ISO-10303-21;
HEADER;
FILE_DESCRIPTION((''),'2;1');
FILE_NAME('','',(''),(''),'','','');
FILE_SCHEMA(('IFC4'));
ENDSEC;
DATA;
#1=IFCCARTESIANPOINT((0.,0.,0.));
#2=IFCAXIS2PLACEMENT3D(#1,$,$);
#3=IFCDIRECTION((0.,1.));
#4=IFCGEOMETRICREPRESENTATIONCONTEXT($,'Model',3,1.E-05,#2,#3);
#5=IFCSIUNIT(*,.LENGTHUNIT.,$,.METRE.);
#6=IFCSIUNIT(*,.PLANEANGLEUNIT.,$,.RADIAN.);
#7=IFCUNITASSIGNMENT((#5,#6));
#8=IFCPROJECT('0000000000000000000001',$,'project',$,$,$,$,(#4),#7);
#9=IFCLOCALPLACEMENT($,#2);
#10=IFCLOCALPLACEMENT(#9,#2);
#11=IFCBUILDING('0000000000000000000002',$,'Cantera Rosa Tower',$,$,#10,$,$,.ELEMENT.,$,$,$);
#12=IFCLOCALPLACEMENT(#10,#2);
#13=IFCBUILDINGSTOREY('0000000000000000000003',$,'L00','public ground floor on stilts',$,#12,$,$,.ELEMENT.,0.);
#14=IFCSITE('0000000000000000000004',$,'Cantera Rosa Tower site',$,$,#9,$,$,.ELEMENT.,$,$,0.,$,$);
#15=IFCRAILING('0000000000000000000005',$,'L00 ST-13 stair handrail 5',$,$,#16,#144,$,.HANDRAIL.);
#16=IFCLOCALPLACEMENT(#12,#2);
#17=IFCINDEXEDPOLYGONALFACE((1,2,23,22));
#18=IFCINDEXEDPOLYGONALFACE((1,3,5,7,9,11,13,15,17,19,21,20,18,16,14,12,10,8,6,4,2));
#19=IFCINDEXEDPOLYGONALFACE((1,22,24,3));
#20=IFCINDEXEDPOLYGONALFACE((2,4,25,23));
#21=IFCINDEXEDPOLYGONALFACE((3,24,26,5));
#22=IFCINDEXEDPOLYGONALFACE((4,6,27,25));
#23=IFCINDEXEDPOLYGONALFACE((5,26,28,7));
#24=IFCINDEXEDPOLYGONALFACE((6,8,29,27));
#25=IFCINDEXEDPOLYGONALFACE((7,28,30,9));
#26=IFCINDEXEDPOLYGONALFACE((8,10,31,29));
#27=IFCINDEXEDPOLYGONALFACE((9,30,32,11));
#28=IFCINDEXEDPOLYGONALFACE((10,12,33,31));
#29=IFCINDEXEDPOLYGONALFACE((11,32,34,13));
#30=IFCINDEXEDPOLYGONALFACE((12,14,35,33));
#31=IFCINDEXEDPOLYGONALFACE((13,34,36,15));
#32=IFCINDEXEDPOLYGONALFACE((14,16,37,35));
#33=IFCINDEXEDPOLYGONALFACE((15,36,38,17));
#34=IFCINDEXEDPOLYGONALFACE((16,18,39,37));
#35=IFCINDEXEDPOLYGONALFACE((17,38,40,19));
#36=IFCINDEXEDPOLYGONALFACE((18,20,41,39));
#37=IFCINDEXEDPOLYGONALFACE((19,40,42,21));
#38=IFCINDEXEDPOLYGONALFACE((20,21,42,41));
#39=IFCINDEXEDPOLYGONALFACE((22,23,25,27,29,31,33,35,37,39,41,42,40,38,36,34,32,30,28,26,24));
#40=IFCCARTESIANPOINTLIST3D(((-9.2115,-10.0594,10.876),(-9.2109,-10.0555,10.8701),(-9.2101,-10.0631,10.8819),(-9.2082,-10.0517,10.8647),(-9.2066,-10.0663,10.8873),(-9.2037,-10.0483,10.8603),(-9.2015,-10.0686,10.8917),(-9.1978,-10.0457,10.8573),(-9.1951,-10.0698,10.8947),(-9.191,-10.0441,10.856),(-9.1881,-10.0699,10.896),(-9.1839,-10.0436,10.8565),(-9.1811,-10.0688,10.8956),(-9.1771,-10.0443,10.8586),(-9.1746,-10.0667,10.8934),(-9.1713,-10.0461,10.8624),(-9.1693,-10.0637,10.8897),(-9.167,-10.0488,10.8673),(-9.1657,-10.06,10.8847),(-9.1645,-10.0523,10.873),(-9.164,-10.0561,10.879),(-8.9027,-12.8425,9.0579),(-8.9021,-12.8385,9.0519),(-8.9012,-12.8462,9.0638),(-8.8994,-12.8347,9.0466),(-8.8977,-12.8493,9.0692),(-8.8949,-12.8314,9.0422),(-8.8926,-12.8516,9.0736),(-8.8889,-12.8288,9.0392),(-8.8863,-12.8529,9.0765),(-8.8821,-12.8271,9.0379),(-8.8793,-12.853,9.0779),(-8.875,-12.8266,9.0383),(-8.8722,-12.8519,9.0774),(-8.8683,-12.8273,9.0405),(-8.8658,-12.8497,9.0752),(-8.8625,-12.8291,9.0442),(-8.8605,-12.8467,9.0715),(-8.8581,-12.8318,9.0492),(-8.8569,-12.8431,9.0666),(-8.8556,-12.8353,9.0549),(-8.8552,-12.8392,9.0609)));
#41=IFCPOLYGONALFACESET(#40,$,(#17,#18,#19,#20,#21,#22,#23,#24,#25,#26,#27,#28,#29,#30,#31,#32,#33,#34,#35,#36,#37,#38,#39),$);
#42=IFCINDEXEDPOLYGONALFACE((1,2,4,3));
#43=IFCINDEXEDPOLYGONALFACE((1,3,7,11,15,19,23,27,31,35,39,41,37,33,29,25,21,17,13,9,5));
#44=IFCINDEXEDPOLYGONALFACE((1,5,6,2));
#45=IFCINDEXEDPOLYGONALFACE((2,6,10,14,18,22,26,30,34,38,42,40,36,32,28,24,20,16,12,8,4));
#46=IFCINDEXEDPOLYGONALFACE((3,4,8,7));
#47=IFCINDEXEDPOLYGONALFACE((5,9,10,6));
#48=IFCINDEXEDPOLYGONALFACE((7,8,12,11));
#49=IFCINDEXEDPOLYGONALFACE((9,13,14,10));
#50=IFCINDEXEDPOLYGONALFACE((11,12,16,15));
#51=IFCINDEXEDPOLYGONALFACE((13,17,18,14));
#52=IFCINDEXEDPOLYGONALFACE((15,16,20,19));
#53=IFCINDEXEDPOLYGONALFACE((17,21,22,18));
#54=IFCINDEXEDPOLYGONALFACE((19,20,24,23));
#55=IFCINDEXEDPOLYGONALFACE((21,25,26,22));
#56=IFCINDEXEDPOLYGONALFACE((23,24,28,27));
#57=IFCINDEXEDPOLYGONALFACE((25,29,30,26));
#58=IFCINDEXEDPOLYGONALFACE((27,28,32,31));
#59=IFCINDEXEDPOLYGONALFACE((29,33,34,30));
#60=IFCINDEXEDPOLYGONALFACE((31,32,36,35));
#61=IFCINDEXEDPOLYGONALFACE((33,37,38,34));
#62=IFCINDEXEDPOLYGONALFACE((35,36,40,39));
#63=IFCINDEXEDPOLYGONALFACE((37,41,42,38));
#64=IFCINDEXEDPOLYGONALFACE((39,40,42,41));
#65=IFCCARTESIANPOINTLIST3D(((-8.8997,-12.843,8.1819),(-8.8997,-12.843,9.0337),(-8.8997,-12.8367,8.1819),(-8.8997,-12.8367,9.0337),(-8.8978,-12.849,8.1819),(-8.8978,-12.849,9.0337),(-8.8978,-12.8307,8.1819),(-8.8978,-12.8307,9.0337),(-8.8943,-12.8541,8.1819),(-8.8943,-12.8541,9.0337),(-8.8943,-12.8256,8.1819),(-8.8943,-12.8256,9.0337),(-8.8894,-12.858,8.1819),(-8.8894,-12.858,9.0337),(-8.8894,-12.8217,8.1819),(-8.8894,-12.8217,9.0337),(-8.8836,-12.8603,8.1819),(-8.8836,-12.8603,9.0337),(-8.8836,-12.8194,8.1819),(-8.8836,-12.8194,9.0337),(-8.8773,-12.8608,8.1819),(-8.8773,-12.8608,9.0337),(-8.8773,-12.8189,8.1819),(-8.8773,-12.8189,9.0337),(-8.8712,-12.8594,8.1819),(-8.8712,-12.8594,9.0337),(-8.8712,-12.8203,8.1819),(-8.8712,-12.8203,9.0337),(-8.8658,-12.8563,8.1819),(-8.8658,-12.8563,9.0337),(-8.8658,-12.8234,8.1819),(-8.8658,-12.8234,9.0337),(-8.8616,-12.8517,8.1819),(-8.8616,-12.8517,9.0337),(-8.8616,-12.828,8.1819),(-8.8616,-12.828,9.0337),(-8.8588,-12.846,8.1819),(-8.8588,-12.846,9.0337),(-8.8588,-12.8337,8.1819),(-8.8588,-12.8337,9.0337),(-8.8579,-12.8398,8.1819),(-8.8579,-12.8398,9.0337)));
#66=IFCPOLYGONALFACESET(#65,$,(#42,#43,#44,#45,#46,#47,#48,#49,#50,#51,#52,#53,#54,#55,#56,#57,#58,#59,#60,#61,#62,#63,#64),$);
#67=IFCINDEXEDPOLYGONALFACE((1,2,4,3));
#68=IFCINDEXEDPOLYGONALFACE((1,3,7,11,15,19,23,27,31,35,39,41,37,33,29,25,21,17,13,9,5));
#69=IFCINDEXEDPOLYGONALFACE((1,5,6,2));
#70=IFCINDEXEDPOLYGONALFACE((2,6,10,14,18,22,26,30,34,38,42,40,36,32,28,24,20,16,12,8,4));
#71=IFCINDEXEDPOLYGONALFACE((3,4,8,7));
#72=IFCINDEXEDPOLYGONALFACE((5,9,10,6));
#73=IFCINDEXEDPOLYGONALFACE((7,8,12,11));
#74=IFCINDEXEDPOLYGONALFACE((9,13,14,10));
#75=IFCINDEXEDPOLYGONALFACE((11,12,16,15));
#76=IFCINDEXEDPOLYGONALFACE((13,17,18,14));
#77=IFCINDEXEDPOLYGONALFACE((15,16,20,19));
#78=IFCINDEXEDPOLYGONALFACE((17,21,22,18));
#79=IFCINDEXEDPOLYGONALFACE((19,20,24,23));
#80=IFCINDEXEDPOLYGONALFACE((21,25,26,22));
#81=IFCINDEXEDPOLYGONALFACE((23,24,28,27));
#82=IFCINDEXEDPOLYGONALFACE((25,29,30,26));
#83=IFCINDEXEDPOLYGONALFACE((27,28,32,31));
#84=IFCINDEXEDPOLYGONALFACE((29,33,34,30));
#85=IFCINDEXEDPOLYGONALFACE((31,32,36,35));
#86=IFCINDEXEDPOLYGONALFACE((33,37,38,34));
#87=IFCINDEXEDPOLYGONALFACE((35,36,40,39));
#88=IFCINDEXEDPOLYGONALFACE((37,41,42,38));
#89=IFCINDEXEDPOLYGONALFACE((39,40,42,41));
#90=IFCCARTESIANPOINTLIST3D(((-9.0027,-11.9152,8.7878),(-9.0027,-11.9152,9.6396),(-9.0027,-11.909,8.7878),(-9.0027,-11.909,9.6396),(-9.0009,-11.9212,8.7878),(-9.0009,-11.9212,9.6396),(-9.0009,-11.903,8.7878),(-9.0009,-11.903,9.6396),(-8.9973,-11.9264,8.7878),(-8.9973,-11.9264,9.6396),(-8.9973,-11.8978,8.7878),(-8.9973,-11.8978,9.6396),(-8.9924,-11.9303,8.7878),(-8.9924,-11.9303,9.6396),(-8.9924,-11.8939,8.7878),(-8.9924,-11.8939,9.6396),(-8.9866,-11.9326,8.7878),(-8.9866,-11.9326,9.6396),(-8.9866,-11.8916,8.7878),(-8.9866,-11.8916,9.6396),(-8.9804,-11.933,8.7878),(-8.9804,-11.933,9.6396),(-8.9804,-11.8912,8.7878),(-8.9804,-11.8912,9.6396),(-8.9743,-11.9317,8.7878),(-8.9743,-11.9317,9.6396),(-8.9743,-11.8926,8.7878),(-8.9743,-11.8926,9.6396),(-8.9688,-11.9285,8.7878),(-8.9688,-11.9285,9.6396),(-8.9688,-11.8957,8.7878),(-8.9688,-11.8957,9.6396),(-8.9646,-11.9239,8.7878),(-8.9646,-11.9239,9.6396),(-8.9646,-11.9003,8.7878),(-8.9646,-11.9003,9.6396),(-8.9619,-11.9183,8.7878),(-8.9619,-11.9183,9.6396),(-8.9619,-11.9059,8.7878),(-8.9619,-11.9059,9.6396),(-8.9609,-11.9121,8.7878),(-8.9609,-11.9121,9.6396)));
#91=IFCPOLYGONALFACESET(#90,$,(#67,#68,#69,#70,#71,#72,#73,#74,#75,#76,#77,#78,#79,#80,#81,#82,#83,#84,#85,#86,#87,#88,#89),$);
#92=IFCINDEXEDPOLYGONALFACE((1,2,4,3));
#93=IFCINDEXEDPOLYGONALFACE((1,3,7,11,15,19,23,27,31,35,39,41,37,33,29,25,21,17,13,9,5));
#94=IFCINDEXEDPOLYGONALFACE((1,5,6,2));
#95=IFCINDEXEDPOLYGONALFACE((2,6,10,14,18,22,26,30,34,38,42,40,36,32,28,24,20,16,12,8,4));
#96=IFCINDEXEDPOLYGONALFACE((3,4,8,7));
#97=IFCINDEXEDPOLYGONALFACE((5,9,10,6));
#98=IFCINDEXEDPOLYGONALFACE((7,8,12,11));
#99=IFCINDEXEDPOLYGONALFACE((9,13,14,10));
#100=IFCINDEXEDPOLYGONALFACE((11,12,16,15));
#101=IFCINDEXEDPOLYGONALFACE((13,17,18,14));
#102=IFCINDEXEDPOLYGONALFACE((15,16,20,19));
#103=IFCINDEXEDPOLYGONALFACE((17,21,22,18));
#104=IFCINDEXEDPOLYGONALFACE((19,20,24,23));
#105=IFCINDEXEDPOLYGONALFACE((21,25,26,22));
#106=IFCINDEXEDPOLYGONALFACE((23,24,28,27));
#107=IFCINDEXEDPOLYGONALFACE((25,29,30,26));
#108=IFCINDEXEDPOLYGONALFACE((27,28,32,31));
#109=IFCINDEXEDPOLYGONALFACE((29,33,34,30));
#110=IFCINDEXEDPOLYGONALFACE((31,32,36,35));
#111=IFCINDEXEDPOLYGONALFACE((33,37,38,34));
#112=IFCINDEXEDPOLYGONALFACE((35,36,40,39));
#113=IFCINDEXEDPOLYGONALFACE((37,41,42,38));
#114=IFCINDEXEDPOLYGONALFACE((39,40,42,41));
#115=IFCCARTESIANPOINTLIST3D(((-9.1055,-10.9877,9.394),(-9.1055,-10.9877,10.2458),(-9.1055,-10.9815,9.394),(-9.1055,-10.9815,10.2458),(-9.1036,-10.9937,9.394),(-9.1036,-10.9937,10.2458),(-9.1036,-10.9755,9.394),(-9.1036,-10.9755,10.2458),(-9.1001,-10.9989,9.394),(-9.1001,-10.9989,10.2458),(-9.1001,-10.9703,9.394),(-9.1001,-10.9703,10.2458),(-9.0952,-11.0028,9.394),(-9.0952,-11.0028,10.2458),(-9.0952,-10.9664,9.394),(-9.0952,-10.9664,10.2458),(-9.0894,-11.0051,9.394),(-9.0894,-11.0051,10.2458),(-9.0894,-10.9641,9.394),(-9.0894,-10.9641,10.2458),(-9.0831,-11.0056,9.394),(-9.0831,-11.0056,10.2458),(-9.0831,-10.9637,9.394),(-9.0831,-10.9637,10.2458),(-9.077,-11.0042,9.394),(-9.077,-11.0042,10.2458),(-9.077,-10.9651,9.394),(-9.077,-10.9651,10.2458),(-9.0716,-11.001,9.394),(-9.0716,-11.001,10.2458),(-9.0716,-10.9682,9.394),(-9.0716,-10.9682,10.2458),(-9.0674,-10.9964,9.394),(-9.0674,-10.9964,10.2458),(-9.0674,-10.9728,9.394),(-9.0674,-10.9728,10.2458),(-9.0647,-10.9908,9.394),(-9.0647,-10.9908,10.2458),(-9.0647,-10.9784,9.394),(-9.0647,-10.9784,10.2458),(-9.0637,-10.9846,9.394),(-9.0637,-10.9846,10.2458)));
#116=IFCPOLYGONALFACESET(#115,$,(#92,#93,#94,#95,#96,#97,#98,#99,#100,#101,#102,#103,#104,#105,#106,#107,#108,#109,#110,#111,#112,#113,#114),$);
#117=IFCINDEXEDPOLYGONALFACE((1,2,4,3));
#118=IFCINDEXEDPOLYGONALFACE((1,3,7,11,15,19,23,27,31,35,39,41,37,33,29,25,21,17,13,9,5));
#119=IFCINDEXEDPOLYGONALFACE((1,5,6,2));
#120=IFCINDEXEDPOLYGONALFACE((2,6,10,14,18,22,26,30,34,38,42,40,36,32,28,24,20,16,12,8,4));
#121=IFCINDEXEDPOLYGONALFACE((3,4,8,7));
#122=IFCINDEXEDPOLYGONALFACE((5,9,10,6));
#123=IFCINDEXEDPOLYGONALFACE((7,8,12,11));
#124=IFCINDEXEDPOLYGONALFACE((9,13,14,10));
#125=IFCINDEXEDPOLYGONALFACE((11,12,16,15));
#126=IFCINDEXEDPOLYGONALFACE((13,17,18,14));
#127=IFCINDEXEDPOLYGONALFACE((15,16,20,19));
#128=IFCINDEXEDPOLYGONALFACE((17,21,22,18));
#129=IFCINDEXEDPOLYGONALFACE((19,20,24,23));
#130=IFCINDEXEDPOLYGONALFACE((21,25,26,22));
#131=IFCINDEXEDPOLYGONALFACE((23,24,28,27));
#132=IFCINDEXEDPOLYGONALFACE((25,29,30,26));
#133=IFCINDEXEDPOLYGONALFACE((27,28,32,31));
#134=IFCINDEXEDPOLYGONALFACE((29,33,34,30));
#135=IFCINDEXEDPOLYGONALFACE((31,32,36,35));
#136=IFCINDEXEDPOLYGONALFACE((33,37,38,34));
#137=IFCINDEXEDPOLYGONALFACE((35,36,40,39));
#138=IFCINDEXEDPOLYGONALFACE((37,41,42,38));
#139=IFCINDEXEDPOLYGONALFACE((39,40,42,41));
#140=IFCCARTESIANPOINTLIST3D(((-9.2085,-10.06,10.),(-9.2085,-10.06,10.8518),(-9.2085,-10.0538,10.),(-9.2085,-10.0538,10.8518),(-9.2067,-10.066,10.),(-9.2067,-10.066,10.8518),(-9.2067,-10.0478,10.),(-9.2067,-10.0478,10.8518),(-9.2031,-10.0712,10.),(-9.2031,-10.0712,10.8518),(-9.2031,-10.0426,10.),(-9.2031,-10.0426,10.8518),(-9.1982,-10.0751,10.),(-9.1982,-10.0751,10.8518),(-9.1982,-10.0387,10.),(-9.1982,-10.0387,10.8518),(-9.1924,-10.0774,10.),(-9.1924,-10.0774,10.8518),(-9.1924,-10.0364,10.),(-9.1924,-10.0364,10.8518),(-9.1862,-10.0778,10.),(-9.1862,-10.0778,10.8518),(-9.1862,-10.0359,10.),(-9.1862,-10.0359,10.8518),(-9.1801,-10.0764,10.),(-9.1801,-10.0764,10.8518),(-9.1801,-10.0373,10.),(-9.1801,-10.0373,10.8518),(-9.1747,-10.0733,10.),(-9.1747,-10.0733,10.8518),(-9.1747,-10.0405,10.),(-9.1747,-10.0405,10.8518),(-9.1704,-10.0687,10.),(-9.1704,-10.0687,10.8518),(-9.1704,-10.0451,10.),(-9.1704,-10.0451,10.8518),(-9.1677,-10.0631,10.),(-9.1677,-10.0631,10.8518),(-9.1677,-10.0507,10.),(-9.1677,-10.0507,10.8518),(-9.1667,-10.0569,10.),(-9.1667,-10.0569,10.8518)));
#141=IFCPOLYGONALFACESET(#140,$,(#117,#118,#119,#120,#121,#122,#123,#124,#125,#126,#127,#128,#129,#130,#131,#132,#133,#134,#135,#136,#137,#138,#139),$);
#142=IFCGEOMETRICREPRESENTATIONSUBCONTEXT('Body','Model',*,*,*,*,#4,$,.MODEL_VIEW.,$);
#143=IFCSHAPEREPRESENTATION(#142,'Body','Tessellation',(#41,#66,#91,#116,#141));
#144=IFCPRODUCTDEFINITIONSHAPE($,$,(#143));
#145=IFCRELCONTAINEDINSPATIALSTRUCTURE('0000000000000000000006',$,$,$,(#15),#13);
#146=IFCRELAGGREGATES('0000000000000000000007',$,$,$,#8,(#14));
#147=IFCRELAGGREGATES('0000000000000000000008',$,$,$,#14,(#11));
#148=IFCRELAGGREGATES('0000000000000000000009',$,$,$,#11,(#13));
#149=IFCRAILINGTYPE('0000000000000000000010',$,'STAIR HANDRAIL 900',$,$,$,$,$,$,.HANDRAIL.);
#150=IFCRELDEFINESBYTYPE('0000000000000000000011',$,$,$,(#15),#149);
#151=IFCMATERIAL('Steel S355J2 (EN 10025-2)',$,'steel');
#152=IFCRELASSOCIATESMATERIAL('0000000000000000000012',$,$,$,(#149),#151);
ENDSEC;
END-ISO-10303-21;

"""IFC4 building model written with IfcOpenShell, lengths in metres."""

from ifc_helpers import new_model, si_unit, direction, frame, origin, origin_2d, place, context, subcontext, project, spatial, circle, extrude, material, type_object, element, save


model = new_model("IFC4")

# Units and contexts
model_context = context("Model", 3, precision=1e-05, world=origin(), true_north=direction((0.0, 1.0)))
body_context = subcontext(model_context, "Body", "Model", "MODEL_VIEW")
ifc_project = project(units=[si_unit("LENGTHUNIT", "METRE"), si_unit("PLANEANGLEUNIT", "RADIAN")], contexts=[model_context])

# Site, building, storey
site_placement = place(None, origin())
site = spatial("IfcSite", under=ifc_project, at=site_placement, Name="Cantera Rosa Tower site", CompositionType="ELEMENT", RefElevation=0.0)
building_placement = place(site_placement, origin())
building = spatial("IfcBuilding", under=site, at=building_placement, Name="Cantera Rosa Tower", CompositionType="ELEMENT")
storey_placement = place(building_placement, origin())
storey = spatial("IfcBuildingStorey", under=building, at=storey_placement, Name="L00", Description="public ground floor on stilts", CompositionType="ELEMENT", Elevation=0.0)

# Railing
ifc_material_1 = material(Name="Steel S355J2 (EN 10025-2)", Category="steel")
railing_type_1 = type_object("IfcRailingType", Name="STAIR HANDRAIL 900", PredefinedType="HANDRAIL", material=ifc_material_1)
railing_1_placement = place(storey_placement, frame((-8.8789, -12.8398, 8.1819)))
element("IfcRailing", 1, at=railing_1_placement, inside=storey, type_object=railing_type_1, Name="L00 ST-13 stair handrail 5", PredefinedType="HANDRAIL", context=body_context, shape_type="SweptSolid", body=[
    extrude(circle(Radius=0.0239, at=origin_2d()), frame((0.0, 0.0, 0.876), z_axis=(-0.092507, 0.833588, 0.544586), x_axis=(-0.993899, -0.110298, 0.0)), (0.0, 0.0, 1.0), 3.3386),
    extrude(circle(Radius=0.021, at=origin_2d()), origin(), (0.0, 0.0, 1.0), 0.8518),
    extrude(circle(Radius=0.021, at=origin_2d()), frame((-0.103, 0.9277, 0.606)), (0.0, 0.0, 1.0), 0.8518),
    extrude(circle(Radius=0.021, at=origin_2d()), frame((-0.2058, 1.8552, 1.2122)), (0.0, 0.0, 1.0), 0.8518),
    extrude(circle(Radius=0.021, at=origin_2d()), frame((-0.3088, 2.783, 1.8181)), (0.0, 0.0, 1.0), 0.8518),
])

save(model, "model.ifc")
